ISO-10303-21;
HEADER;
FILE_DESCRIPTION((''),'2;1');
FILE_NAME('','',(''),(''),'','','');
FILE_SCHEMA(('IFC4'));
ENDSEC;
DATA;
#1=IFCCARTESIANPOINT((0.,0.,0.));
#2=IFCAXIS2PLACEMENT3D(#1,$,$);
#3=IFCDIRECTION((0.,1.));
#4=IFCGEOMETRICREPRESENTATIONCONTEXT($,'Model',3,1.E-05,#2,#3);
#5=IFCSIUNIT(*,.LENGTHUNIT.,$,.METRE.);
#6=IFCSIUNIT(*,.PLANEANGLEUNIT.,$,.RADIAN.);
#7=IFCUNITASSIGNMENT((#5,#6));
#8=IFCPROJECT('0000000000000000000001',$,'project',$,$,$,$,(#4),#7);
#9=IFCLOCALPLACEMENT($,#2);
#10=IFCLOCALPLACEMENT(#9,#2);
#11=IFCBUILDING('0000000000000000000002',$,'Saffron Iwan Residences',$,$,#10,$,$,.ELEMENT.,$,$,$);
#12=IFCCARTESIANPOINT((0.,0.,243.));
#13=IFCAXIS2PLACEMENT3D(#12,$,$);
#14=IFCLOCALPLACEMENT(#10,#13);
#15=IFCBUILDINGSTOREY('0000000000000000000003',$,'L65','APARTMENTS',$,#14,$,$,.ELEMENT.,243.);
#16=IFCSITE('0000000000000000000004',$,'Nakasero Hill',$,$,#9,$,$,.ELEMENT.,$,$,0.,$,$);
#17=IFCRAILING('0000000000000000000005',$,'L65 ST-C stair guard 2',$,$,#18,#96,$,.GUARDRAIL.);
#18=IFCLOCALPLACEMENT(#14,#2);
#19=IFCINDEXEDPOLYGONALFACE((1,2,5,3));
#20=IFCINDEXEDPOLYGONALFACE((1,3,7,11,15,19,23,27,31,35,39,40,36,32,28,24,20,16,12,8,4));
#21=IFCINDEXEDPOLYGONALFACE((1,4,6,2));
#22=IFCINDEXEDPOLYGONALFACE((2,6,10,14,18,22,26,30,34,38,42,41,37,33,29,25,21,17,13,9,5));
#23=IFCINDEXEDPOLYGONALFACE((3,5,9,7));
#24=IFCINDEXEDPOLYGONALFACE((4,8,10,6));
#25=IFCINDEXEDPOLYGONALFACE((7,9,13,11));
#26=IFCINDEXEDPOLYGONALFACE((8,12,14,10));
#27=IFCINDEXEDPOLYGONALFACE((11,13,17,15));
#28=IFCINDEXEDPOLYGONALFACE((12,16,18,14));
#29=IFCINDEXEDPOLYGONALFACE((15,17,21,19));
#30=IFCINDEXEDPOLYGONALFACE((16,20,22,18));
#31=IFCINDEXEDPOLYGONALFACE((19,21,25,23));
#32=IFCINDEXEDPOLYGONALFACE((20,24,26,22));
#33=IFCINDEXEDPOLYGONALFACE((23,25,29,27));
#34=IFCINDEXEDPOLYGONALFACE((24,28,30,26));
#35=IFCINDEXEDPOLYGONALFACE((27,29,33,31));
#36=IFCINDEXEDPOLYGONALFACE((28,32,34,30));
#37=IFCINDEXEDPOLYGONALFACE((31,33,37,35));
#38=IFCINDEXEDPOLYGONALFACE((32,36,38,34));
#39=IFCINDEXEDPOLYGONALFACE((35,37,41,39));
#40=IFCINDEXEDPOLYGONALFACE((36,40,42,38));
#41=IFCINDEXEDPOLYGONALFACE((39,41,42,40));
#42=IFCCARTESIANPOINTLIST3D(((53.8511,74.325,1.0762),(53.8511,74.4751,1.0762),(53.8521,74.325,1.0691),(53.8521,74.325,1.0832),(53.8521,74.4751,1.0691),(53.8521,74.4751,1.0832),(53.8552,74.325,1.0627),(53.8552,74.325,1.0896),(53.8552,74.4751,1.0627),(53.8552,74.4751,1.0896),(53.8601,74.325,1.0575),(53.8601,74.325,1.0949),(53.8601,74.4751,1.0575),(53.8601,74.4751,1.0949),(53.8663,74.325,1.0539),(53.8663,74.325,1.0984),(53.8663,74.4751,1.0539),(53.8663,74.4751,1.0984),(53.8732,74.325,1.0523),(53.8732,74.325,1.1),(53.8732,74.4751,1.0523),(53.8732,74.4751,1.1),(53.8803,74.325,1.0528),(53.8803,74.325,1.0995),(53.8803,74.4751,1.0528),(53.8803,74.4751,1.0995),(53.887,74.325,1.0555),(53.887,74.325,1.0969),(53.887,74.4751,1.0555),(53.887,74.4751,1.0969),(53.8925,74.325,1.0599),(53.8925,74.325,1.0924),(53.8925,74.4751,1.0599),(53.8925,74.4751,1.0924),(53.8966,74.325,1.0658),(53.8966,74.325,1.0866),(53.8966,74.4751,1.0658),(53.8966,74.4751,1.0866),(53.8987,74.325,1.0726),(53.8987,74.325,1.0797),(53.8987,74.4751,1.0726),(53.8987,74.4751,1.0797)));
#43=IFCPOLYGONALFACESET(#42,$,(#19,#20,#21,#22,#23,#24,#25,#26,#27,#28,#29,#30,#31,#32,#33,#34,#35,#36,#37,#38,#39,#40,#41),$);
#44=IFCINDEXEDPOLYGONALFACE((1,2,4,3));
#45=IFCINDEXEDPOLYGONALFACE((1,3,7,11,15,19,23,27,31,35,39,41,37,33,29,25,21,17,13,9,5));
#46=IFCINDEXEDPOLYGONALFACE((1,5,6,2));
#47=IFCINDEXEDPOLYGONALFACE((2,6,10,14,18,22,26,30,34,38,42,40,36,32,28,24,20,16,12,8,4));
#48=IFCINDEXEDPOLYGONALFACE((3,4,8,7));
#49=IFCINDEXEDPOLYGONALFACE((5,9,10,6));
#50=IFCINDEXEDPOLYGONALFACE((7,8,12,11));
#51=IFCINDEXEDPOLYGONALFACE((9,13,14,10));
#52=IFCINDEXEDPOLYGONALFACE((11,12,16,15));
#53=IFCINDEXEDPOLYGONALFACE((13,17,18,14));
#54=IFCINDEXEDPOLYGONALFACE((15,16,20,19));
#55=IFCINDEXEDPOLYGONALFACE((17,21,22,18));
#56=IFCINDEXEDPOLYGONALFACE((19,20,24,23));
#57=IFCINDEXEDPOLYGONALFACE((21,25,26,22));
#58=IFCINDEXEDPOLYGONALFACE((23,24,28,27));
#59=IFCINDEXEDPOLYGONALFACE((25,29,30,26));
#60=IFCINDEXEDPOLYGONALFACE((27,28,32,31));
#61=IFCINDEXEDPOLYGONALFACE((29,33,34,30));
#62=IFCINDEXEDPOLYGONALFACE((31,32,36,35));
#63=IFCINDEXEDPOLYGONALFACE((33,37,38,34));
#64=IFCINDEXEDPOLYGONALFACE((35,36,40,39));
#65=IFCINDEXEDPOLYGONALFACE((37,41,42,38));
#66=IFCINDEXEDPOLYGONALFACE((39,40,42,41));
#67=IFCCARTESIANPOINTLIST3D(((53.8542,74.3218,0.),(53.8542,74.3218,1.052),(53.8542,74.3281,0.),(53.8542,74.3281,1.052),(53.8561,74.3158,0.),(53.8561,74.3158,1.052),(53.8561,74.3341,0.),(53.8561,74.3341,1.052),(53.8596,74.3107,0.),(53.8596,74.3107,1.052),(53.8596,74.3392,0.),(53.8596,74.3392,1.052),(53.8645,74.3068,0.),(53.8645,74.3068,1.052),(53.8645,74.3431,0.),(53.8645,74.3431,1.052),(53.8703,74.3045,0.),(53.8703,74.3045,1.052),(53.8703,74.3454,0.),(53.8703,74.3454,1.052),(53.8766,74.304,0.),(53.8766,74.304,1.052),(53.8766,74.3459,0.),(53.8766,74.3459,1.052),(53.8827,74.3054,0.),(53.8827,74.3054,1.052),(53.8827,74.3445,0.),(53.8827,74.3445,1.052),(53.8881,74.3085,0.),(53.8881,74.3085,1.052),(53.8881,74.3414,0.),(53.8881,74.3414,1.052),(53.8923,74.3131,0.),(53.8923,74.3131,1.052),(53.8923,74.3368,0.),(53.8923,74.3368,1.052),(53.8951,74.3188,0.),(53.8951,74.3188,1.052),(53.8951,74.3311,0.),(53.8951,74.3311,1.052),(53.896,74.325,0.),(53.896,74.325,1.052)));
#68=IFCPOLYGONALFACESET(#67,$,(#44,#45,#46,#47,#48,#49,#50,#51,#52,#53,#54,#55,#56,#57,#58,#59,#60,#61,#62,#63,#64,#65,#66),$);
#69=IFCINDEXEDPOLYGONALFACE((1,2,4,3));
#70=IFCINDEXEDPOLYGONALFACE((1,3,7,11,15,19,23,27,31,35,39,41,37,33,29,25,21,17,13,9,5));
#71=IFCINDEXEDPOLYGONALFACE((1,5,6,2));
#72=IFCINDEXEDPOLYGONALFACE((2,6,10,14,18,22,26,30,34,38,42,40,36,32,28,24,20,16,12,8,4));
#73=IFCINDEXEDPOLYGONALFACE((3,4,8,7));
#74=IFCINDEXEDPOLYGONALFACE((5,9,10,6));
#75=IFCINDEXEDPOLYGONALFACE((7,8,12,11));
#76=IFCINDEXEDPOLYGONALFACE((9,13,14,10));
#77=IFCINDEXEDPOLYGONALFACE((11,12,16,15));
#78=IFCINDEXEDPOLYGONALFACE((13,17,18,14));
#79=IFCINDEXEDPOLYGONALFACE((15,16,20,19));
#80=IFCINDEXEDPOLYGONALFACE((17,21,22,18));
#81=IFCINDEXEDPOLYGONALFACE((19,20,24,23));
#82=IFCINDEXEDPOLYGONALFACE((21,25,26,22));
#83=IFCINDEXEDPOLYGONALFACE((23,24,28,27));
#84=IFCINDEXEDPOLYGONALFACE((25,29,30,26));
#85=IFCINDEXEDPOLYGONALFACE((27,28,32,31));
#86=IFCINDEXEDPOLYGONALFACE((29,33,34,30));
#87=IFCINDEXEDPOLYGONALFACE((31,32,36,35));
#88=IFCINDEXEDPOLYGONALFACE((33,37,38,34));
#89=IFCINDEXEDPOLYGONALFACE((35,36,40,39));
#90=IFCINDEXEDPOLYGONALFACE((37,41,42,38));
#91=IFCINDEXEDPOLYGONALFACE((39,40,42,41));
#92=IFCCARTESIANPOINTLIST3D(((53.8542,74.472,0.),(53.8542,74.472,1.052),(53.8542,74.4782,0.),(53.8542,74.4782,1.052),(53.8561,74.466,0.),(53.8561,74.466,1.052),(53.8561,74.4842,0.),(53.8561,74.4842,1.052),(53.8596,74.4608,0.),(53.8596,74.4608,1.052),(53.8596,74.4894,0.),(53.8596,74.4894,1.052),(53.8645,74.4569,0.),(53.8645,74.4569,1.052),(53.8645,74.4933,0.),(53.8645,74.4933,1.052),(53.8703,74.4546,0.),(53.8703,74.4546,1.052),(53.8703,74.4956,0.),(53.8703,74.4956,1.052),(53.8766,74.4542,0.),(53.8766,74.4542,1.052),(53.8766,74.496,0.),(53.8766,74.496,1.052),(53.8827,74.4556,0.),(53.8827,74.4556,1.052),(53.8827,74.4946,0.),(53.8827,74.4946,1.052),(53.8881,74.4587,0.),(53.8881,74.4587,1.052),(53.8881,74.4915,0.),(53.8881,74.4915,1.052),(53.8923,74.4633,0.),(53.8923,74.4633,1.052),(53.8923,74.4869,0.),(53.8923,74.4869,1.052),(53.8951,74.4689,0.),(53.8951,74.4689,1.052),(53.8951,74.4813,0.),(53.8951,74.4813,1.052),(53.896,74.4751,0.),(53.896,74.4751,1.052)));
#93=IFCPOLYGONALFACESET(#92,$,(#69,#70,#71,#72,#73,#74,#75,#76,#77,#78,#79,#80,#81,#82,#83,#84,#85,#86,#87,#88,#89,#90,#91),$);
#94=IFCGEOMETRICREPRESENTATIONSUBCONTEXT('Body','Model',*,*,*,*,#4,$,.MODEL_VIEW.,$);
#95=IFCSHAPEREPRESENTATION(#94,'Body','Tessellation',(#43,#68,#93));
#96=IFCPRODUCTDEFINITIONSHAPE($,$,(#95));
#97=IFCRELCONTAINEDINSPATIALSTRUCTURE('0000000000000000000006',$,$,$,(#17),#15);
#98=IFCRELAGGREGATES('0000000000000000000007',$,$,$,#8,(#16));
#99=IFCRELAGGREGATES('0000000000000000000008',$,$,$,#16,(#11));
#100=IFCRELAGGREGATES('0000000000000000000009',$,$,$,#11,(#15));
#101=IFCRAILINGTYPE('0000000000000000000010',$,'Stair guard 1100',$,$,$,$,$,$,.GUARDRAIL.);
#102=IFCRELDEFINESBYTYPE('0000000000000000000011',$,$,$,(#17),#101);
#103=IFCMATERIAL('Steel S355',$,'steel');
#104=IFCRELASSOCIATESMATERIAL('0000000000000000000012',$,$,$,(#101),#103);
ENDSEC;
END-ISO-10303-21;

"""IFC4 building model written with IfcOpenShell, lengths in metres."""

from ifc_helpers import new_model, si_unit, direction, frame, origin, origin_2d, place, context, subcontext, project, spatial, circle, extrude, material, type_object, element, save


model = new_model("IFC4")

# Units and contexts
model_context = context("Model", 3, precision=1e-05, world=origin(), true_north=direction((0.0, 1.0)))
body_context = subcontext(model_context, "Body", "Model", "MODEL_VIEW")
ifc_project = project(units=[si_unit("LENGTHUNIT", "METRE"), si_unit("PLANEANGLEUNIT", "RADIAN")], contexts=[model_context])

# Site, building, storey
site_placement = place(None, origin())
site = spatial("IfcSite", under=ifc_project, at=site_placement, Name="Nakasero Hill", CompositionType="ELEMENT", RefElevation=0.0)
building_placement = place(site_placement, origin())
building = spatial("IfcBuilding", under=site, at=building_placement, Name="Saffron Iwan Residences", CompositionType="ELEMENT")
storey_placement = place(building_placement, frame((0.0, 0.0, 243.0)))
storey = spatial("IfcBuildingStorey", under=building, at=storey_placement, Name="L65", Description="APARTMENTS", CompositionType="ELEMENT", Elevation=243.0)

# Railing
ifc_material_1 = material(Name="Steel S355", Category="steel")
railing_type_1 = type_object("IfcRailingType", Name="Stair guard 1100", PredefinedType="GUARDRAIL", material=ifc_material_1)
railing_1_placement = place(storey_placement, frame((53.875, 74.325, 0.0)))
element("IfcRailing", 1, at=railing_1_placement, inside=storey, type_object=railing_type_1, Name="L65 ST-C stair guard 2", PredefinedType="GUARDRAIL", context=body_context, shape_type="SweptSolid", body=[
    extrude(circle(Radius=0.0239, at=origin_2d()), frame((0.0, 0.0, 1.0762), z_axis=(0.0, 1.0, 0.0), x_axis=(-1.0, 0.0, 0.0)), (0.0, 0.0, 1.0), 0.1501),
    extrude(circle(Radius=0.021, at=origin_2d()), origin(), (0.0, 0.0, 1.0), 1.052),
    extrude(circle(Radius=0.021, at=origin_2d()), frame((0.0, 0.1501, 0.0)), (0.0, 0.0, 1.0), 1.052),
])

save(model, "model.ifc")
